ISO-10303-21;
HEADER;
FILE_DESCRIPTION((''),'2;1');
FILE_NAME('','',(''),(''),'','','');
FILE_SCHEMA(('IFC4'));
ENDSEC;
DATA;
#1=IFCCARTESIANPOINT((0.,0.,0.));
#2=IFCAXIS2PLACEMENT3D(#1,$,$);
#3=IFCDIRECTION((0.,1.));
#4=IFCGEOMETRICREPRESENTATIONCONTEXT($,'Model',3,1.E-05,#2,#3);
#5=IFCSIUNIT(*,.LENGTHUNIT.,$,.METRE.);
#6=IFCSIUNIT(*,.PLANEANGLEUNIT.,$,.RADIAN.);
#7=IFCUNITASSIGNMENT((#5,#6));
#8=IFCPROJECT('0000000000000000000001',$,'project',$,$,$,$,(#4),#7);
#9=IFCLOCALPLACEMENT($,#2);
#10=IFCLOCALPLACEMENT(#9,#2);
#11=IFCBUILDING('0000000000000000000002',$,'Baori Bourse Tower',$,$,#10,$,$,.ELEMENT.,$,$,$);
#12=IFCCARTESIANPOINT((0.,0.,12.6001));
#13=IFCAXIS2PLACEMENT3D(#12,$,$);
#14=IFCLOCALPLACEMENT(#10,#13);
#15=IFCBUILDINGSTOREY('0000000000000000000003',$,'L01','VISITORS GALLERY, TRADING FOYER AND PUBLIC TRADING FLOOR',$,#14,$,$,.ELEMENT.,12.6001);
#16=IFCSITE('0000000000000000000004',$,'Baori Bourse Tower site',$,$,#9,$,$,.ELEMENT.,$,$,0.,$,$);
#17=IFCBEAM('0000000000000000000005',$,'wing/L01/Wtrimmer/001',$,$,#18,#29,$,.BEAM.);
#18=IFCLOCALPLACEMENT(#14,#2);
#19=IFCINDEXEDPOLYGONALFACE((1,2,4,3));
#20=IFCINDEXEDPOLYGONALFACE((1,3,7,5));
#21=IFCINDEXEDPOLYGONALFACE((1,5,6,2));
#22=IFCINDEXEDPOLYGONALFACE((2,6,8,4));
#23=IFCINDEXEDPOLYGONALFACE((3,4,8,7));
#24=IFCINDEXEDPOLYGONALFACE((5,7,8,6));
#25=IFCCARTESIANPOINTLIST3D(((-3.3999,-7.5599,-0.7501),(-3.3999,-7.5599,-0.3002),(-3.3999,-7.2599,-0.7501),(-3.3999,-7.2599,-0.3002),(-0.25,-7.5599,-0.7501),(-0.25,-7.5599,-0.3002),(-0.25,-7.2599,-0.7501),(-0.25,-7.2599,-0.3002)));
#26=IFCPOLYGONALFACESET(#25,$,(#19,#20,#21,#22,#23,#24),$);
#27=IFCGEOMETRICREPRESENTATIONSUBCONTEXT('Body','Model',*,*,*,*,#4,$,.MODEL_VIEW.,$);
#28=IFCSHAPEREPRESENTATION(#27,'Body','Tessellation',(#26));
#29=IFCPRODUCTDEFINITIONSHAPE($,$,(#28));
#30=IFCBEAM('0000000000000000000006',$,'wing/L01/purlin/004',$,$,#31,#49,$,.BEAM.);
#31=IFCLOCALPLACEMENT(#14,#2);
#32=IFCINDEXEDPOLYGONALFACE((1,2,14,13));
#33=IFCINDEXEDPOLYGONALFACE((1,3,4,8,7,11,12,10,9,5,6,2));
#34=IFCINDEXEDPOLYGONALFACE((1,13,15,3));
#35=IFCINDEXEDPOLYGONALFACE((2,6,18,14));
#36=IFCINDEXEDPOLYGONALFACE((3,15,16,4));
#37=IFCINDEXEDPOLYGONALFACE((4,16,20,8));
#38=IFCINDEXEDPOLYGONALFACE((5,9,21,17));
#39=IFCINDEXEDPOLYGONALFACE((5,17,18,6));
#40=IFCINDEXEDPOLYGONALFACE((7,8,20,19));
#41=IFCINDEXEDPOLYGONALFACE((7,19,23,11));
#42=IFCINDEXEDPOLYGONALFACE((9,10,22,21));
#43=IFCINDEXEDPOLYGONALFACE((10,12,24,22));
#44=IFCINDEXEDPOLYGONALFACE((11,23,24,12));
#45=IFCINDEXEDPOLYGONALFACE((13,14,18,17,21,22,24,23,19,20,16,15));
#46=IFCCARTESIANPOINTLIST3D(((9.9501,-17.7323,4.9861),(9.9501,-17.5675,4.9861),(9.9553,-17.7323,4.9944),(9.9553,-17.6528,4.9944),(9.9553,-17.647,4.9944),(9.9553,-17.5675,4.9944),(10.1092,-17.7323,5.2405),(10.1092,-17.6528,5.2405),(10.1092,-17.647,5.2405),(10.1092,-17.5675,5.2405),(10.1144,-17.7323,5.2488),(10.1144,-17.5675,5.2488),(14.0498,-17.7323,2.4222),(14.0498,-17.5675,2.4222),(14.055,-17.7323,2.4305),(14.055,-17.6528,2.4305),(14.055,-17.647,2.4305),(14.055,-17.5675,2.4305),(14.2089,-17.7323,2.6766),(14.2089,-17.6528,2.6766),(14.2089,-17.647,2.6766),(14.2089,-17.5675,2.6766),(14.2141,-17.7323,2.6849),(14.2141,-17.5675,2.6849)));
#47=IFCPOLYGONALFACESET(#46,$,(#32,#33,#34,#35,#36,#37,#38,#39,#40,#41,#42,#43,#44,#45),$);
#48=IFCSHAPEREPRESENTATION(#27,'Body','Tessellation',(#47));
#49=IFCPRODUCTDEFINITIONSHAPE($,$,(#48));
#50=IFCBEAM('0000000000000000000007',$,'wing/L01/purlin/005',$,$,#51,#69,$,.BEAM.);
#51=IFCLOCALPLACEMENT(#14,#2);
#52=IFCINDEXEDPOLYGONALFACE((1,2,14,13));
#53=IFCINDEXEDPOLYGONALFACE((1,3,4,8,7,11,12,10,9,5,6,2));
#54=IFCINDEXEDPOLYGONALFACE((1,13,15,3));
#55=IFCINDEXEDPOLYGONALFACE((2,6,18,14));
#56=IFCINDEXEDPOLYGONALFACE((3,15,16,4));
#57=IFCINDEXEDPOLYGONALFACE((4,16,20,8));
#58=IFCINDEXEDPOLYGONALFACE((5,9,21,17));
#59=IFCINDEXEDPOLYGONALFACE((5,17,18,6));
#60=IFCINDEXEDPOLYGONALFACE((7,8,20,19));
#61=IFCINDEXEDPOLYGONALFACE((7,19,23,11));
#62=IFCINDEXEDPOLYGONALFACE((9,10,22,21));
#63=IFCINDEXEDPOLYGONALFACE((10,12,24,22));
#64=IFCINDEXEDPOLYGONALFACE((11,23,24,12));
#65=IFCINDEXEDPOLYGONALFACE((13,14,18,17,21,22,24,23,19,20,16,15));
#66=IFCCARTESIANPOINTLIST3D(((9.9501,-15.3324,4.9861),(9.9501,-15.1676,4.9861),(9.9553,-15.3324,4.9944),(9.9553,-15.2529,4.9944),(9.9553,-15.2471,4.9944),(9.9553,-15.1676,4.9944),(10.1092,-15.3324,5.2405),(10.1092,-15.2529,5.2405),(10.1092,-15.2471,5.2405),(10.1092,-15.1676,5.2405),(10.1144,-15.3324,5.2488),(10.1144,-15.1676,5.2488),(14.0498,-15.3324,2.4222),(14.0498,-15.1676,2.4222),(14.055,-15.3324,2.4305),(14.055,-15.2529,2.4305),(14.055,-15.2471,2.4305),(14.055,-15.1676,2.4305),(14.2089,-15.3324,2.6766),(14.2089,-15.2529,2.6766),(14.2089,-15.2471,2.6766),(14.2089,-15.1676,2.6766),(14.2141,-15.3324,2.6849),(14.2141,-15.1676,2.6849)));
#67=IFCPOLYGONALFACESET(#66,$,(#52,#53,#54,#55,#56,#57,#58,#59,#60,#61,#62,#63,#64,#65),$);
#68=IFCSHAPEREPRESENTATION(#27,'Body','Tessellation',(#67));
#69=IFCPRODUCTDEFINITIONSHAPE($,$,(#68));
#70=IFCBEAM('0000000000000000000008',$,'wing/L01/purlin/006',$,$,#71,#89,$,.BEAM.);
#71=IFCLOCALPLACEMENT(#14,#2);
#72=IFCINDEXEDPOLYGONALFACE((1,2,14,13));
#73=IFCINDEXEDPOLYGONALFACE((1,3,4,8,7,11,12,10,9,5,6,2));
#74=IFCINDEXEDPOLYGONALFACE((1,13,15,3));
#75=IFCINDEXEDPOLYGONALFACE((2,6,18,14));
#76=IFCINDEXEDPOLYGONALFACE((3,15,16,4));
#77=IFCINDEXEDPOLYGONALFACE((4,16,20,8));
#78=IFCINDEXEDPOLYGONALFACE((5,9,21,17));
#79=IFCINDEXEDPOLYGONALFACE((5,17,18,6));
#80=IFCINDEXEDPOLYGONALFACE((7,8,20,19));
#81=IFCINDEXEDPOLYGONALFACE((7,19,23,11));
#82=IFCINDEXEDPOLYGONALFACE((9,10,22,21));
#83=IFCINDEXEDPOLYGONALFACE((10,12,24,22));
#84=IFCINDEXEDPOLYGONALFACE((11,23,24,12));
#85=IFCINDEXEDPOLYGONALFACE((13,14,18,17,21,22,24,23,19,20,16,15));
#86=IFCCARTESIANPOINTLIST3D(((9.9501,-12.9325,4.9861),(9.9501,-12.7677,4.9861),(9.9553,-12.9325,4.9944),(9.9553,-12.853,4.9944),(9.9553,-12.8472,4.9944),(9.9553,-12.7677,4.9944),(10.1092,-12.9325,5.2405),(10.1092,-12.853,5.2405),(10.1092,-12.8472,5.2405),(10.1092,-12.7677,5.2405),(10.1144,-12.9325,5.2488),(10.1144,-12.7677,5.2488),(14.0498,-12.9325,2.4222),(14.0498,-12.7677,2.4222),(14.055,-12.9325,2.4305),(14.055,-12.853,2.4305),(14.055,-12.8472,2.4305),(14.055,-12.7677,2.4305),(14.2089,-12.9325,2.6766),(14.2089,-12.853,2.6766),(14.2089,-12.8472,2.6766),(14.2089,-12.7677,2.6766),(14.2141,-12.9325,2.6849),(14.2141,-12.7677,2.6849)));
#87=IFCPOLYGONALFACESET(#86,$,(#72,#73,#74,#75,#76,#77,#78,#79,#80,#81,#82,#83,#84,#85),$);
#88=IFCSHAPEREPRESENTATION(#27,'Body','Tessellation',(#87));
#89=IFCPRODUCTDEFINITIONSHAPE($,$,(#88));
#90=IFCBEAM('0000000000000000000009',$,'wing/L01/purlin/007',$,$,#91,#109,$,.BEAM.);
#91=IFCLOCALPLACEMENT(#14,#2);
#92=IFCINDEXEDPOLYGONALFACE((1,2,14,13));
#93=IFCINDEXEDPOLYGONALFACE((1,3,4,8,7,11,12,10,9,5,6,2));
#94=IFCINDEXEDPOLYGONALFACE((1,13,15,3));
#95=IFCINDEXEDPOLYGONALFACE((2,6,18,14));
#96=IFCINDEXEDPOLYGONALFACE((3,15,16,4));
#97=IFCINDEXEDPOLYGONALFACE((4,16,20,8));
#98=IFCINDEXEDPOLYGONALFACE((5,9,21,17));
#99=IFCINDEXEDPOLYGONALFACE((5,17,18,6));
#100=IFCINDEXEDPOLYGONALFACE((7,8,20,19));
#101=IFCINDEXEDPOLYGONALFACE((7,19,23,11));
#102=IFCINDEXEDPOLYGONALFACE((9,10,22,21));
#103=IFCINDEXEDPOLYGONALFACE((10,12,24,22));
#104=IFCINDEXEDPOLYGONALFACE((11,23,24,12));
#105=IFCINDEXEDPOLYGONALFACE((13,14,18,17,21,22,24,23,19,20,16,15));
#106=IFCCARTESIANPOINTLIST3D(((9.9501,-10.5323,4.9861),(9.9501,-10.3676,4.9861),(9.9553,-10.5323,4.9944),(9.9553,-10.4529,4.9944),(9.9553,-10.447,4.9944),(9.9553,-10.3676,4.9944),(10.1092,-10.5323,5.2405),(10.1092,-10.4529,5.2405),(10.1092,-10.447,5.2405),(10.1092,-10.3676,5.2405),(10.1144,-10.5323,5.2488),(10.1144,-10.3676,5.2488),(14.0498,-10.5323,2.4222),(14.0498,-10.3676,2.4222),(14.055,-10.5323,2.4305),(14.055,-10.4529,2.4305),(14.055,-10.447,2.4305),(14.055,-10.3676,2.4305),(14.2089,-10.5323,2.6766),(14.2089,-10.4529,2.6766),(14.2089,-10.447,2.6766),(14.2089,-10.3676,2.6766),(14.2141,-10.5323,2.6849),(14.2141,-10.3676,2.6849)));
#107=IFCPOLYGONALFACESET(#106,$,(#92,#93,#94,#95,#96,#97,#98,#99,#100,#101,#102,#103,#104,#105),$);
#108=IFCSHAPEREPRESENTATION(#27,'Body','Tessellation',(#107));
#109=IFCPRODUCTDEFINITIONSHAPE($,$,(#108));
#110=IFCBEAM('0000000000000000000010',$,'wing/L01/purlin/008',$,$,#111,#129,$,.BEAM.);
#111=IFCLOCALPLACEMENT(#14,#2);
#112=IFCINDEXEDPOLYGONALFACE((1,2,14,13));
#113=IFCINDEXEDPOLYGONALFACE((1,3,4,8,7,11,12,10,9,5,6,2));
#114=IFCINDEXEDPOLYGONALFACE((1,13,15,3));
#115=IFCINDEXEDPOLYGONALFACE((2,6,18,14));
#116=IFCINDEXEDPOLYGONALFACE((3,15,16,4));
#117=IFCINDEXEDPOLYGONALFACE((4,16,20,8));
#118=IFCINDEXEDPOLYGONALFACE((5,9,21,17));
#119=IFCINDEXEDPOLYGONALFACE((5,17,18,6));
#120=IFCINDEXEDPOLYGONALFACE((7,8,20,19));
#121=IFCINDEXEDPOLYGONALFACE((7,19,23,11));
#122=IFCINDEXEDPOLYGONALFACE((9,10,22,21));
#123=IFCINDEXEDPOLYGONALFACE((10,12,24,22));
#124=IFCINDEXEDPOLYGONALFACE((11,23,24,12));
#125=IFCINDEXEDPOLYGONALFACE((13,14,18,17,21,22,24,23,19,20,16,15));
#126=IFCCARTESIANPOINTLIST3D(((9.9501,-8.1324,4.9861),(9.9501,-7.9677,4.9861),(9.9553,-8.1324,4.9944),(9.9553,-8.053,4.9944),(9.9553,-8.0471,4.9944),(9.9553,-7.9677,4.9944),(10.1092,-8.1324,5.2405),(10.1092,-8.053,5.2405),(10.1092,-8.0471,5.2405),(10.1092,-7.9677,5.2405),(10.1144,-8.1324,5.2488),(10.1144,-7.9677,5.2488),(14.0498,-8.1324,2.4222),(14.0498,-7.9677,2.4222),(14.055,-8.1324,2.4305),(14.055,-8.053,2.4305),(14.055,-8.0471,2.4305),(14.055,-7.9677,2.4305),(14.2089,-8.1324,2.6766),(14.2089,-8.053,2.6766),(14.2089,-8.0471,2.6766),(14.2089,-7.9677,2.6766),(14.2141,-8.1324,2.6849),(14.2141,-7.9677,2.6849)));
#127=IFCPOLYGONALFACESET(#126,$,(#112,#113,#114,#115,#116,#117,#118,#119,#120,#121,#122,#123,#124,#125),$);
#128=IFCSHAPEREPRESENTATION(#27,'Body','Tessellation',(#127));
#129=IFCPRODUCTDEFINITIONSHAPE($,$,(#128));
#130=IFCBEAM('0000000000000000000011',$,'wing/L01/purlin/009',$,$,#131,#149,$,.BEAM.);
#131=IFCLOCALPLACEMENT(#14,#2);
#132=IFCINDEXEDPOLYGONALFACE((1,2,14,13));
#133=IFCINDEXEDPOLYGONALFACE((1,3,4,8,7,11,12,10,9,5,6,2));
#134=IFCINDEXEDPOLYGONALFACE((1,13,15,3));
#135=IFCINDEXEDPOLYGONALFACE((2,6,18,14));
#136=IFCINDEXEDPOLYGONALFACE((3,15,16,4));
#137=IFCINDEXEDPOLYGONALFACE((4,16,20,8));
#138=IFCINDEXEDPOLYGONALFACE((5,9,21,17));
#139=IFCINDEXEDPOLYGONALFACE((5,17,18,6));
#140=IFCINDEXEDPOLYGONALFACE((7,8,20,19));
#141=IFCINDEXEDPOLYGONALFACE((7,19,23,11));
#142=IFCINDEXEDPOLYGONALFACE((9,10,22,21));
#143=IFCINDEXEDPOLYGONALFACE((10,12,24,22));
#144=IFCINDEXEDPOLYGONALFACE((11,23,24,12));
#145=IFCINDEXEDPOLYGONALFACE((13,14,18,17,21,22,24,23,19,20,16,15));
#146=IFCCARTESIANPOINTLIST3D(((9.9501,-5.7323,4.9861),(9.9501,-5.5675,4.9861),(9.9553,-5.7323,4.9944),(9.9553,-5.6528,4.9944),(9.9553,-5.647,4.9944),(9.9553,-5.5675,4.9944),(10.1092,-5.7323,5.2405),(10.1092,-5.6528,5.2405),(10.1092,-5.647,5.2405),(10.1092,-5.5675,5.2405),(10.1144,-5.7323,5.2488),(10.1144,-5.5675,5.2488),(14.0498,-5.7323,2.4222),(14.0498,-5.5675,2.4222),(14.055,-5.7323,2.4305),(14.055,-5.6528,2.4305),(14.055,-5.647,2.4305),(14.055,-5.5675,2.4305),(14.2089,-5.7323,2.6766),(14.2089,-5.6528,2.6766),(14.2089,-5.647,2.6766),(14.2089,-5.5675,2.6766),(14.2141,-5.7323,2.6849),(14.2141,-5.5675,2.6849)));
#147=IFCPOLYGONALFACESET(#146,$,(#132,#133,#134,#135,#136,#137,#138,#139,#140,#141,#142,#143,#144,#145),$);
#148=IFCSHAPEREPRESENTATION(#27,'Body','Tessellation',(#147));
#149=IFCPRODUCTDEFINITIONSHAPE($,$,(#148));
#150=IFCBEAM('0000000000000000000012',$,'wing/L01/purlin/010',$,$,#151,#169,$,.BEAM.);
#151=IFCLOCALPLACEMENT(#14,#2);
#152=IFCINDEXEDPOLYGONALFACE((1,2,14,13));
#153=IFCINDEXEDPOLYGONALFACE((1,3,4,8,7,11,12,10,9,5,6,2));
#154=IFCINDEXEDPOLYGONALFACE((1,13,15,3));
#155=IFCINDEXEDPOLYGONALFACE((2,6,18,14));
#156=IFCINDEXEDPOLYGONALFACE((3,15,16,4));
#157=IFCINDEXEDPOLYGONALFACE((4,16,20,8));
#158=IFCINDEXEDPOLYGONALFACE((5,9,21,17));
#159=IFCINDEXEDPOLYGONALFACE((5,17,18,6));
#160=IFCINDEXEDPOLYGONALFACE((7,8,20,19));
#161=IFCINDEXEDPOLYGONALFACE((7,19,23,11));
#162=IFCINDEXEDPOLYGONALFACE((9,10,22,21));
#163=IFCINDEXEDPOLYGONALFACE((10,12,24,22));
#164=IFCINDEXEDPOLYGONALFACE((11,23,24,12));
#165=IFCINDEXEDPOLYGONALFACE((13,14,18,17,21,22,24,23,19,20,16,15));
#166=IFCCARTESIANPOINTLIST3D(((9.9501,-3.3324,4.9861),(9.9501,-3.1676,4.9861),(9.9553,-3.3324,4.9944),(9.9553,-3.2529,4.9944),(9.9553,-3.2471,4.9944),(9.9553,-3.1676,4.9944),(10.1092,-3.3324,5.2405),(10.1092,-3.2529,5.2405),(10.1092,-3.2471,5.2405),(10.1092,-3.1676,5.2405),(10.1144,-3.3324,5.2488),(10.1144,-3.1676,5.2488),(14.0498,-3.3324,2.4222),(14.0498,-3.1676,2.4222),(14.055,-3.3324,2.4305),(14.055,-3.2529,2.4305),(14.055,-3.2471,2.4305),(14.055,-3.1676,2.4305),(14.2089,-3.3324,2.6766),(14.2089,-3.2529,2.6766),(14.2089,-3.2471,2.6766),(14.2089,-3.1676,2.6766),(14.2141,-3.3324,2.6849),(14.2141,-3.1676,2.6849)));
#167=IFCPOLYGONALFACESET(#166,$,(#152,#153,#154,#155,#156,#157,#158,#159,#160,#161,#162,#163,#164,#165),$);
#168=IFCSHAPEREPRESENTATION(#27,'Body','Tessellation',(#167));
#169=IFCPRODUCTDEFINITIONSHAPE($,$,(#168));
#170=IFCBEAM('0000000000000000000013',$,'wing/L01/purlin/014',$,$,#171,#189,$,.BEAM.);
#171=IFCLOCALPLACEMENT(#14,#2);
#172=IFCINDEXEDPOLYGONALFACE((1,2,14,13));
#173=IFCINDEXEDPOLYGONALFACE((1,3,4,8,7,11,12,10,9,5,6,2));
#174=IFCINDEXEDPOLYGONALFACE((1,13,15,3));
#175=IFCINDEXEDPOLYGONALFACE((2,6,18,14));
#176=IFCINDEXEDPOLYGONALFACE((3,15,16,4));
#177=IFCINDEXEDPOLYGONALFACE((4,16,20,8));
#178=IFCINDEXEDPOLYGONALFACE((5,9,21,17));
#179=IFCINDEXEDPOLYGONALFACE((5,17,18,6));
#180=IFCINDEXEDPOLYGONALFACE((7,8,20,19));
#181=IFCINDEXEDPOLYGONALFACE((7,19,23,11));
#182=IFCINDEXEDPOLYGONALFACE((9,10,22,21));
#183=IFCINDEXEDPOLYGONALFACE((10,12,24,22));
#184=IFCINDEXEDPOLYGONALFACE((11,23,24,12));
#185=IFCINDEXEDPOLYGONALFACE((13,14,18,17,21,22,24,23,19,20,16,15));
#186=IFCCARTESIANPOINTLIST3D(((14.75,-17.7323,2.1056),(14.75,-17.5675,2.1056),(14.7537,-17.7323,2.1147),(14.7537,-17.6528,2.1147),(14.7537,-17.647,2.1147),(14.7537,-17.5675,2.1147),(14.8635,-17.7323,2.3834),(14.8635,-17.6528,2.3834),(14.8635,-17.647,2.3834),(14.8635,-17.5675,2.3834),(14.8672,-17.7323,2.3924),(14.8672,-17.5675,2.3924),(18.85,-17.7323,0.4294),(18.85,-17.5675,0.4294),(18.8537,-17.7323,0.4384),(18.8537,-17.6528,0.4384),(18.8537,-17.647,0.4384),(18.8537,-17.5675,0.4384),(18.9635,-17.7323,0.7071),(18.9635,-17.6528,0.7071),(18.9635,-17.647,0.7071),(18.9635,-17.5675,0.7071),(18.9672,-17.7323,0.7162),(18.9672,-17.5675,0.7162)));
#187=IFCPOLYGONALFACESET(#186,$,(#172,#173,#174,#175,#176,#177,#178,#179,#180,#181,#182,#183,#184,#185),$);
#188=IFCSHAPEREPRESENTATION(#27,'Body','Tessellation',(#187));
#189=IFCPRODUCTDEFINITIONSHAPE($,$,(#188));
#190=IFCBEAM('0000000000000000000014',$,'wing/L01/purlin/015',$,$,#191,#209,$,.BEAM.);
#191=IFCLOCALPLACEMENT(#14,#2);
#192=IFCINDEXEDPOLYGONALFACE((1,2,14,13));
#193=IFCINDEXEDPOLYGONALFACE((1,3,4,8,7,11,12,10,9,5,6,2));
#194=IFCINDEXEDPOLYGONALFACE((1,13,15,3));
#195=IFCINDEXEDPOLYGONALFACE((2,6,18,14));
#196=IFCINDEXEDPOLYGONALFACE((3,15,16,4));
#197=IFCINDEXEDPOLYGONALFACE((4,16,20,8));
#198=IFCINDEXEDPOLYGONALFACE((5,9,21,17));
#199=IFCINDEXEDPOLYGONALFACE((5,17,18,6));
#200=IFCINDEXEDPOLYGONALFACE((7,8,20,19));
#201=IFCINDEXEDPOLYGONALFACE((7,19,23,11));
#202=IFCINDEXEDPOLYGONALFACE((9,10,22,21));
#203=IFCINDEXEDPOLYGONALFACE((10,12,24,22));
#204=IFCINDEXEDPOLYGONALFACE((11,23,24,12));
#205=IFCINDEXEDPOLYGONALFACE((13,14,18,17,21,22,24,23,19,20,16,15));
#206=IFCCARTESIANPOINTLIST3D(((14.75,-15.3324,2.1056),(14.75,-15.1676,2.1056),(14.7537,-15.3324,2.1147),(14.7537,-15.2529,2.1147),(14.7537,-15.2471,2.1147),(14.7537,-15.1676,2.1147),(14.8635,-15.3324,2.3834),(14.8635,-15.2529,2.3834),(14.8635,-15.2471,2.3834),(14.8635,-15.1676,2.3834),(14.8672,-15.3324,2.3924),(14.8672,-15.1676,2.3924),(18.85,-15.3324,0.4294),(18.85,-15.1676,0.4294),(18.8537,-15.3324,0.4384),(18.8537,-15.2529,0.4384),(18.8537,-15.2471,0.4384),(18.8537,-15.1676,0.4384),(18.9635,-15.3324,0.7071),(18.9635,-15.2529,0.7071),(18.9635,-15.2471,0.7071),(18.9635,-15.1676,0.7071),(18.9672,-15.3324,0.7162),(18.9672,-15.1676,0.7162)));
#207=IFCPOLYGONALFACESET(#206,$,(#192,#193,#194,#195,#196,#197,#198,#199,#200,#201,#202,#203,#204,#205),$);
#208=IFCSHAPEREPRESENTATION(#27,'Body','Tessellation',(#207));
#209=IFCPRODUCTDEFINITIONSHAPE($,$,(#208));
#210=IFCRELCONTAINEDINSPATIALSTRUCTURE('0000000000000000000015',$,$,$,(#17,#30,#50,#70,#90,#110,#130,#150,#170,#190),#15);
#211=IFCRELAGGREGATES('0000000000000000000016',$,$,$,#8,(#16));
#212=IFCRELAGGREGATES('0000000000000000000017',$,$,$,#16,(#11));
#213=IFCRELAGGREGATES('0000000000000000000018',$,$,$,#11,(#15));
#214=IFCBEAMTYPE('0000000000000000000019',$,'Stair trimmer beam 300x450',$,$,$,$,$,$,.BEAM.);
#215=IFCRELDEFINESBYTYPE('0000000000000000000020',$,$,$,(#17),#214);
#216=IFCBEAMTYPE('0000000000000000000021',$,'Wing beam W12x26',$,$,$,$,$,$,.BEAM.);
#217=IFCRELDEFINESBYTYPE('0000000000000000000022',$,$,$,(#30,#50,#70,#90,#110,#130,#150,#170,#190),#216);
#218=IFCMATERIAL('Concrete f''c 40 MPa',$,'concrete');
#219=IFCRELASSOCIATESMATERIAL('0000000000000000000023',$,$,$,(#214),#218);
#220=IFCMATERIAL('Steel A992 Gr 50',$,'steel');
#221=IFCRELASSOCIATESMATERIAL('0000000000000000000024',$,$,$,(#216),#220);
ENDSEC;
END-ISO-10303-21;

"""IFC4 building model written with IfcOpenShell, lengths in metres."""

from ifc_helpers import new_model, si_unit, direction, frame, origin, origin_2d, place, context, subcontext, project, spatial, rectangle, i_section, extrude, material, material_profile, profile_set, type_object, element, save


model = new_model("IFC4")

# Units and contexts
model_context = context("Model", 3, precision=1e-05, world=origin(), true_north=direction((0.0, 1.0)))
body_context = subcontext(model_context, "Body", "Model", "MODEL_VIEW")
ifc_project = project(units=[si_unit("LENGTHUNIT", "METRE"), si_unit("PLANEANGLEUNIT", "RADIAN")], contexts=[model_context])

# Site, building, storey
site_placement = place(None, origin())
site = spatial("IfcSite", under=ifc_project, at=site_placement, Name="Baori Bourse Tower site", CompositionType="ELEMENT", RefElevation=0.0)
building_placement = place(site_placement, origin())
building = spatial("IfcBuilding", under=site, at=building_placement, Name="Baori Bourse Tower", CompositionType="ELEMENT")
storey_placement = place(building_placement, frame((0.0, 0.0, 12.6001)))
storey = spatial("IfcBuildingStorey", under=building, at=storey_placement, Name="L01", Description="VISITORS GALLERY, TRADING FOYER AND PUBLIC TRADING FLOOR", CompositionType="ELEMENT", Elevation=12.6001)

# Beams
ifc_material_1 = material(Name="Concrete f'c 40 MPa", Category="concrete")
ifc_material_profile_1 = material_profile(ifc_material_1, rectangle(XDim=0.3, YDim=0.45, at=origin_2d()), Name="Stair trimmer beam 300x450")
ifc_profile_set_1 = profile_set([ifc_material_profile_1], Name="Concrete f'c 40 MPa")
beam_type_1 = type_object("IfcBeamType", Name="Stair trimmer beam 300x450", PredefinedType="BEAM", material=ifc_profile_set_1)
beam_placement = place(storey_placement, frame((-0.25, -7.4099, -0.5251), z_axis=(-1.0, 0.0, 0.0), x_axis=(0.0, -1.0, 0.0)))
element("IfcBeam", 1, at=beam_placement, inside=storey, type_object=beam_type_1, Name="wing/L01/Wtrimmer/001", PredefinedType="BEAM", context=body_context, shape_type="SweptSolid", body=[
    extrude(rectangle(XDim=0.3, YDim=0.45, at=origin_2d()), origin(), (0.0, 0.0, 1.0), 3.1499),
])
ifc_material_2 = material(Name="Steel A992 Gr 50", Category="steel")
ifc_material_profile_2 = material_profile(ifc_material_2, i_section(OverallWidth=0.1648, OverallDepth=0.3098, WebThickness=0.0059, FlangeThickness=0.0098, at=origin_2d()), Name="W12x26")
ifc_profile_set_2 = profile_set([ifc_material_profile_2], Name="Steel A992 Gr 50")
beam_type_2 = type_object("IfcBeamType", Name="Wing beam W12x26", PredefinedType="BEAM", material=ifc_profile_set_2)
for number, where, z_axis, x_axis, name in (
    (2, (10.0322, -17.6499, 5.1174), (0.847854, 0.0, -0.53023), (0.0, 1.0, 0.0), "wing/L01/purlin/004"),
    (3, (10.0322, -15.25, 5.1174), (0.847854, 0.0, -0.53023), (0.0, 1.0, 0.0), "wing/L01/purlin/005"),
    (4, (10.0322, -12.8501, 5.1174), (0.847854, 0.0, -0.53023), (0.0, 1.0, 0.0), "wing/L01/purlin/006"),
    (5, (10.0322, -10.45, 5.1174), (0.847854, 0.0, -0.53023), (0.0, 1.0, 0.0), "wing/L01/purlin/007"),
    (6, (10.0322, -8.05, 5.1174), (0.847854, 0.0, -0.53023), (0.0, 1.0, 0.0), "wing/L01/purlin/008"),
    (7, (10.0322, -5.6499, 5.1174), (0.847854, 0.0, -0.53023), (0.0, 1.0, 0.0), "wing/L01/purlin/009"),
    (8, (10.0322, -3.25, 5.1174), (0.847854, 0.0, -0.53023), (0.0, 1.0, 0.0), "wing/L01/purlin/010"),
):
    element("IfcBeam", number, at=place(storey_placement, frame(where, z_axis=z_axis, x_axis=x_axis)), inside=storey, type_object=beam_type_2, Name=name, PredefinedType="BEAM", context=body_context, shape_type="SweptSolid", body=[
        extrude(i_section(OverallWidth=0.1648, OverallDepth=0.3098, WebThickness=0.0059, FlangeThickness=0.0098, at=origin_2d()), origin(), (0.0, 0.0, 1.0), 4.8354),
    ])
for number, where, z_axis, x_axis, name in (
    (9, (14.8086, -17.6499, 2.249), (0.925629, 0.0, -0.378431), (0.0, 1.0, 0.0), "wing/L01/purlin/014"),
    (10, (14.8086, -15.25, 2.249), (0.925629, 0.0, -0.378431), (0.0, 1.0, 0.0), "wing/L01/purlin/015"),
):
    element("IfcBeam", number, at=place(storey_placement, frame(where, z_axis=z_axis, x_axis=x_axis)), inside=storey, type_object=beam_type_2, Name=name, PredefinedType="BEAM", context=body_context, shape_type="SweptSolid", body=[
        extrude(i_section(OverallWidth=0.1648, OverallDepth=0.3098, WebThickness=0.0059, FlangeThickness=0.0098, at=origin_2d()), origin(), (0.0, 0.0, 1.0), 4.4294),
    ])

save(model, "model.ifc")
